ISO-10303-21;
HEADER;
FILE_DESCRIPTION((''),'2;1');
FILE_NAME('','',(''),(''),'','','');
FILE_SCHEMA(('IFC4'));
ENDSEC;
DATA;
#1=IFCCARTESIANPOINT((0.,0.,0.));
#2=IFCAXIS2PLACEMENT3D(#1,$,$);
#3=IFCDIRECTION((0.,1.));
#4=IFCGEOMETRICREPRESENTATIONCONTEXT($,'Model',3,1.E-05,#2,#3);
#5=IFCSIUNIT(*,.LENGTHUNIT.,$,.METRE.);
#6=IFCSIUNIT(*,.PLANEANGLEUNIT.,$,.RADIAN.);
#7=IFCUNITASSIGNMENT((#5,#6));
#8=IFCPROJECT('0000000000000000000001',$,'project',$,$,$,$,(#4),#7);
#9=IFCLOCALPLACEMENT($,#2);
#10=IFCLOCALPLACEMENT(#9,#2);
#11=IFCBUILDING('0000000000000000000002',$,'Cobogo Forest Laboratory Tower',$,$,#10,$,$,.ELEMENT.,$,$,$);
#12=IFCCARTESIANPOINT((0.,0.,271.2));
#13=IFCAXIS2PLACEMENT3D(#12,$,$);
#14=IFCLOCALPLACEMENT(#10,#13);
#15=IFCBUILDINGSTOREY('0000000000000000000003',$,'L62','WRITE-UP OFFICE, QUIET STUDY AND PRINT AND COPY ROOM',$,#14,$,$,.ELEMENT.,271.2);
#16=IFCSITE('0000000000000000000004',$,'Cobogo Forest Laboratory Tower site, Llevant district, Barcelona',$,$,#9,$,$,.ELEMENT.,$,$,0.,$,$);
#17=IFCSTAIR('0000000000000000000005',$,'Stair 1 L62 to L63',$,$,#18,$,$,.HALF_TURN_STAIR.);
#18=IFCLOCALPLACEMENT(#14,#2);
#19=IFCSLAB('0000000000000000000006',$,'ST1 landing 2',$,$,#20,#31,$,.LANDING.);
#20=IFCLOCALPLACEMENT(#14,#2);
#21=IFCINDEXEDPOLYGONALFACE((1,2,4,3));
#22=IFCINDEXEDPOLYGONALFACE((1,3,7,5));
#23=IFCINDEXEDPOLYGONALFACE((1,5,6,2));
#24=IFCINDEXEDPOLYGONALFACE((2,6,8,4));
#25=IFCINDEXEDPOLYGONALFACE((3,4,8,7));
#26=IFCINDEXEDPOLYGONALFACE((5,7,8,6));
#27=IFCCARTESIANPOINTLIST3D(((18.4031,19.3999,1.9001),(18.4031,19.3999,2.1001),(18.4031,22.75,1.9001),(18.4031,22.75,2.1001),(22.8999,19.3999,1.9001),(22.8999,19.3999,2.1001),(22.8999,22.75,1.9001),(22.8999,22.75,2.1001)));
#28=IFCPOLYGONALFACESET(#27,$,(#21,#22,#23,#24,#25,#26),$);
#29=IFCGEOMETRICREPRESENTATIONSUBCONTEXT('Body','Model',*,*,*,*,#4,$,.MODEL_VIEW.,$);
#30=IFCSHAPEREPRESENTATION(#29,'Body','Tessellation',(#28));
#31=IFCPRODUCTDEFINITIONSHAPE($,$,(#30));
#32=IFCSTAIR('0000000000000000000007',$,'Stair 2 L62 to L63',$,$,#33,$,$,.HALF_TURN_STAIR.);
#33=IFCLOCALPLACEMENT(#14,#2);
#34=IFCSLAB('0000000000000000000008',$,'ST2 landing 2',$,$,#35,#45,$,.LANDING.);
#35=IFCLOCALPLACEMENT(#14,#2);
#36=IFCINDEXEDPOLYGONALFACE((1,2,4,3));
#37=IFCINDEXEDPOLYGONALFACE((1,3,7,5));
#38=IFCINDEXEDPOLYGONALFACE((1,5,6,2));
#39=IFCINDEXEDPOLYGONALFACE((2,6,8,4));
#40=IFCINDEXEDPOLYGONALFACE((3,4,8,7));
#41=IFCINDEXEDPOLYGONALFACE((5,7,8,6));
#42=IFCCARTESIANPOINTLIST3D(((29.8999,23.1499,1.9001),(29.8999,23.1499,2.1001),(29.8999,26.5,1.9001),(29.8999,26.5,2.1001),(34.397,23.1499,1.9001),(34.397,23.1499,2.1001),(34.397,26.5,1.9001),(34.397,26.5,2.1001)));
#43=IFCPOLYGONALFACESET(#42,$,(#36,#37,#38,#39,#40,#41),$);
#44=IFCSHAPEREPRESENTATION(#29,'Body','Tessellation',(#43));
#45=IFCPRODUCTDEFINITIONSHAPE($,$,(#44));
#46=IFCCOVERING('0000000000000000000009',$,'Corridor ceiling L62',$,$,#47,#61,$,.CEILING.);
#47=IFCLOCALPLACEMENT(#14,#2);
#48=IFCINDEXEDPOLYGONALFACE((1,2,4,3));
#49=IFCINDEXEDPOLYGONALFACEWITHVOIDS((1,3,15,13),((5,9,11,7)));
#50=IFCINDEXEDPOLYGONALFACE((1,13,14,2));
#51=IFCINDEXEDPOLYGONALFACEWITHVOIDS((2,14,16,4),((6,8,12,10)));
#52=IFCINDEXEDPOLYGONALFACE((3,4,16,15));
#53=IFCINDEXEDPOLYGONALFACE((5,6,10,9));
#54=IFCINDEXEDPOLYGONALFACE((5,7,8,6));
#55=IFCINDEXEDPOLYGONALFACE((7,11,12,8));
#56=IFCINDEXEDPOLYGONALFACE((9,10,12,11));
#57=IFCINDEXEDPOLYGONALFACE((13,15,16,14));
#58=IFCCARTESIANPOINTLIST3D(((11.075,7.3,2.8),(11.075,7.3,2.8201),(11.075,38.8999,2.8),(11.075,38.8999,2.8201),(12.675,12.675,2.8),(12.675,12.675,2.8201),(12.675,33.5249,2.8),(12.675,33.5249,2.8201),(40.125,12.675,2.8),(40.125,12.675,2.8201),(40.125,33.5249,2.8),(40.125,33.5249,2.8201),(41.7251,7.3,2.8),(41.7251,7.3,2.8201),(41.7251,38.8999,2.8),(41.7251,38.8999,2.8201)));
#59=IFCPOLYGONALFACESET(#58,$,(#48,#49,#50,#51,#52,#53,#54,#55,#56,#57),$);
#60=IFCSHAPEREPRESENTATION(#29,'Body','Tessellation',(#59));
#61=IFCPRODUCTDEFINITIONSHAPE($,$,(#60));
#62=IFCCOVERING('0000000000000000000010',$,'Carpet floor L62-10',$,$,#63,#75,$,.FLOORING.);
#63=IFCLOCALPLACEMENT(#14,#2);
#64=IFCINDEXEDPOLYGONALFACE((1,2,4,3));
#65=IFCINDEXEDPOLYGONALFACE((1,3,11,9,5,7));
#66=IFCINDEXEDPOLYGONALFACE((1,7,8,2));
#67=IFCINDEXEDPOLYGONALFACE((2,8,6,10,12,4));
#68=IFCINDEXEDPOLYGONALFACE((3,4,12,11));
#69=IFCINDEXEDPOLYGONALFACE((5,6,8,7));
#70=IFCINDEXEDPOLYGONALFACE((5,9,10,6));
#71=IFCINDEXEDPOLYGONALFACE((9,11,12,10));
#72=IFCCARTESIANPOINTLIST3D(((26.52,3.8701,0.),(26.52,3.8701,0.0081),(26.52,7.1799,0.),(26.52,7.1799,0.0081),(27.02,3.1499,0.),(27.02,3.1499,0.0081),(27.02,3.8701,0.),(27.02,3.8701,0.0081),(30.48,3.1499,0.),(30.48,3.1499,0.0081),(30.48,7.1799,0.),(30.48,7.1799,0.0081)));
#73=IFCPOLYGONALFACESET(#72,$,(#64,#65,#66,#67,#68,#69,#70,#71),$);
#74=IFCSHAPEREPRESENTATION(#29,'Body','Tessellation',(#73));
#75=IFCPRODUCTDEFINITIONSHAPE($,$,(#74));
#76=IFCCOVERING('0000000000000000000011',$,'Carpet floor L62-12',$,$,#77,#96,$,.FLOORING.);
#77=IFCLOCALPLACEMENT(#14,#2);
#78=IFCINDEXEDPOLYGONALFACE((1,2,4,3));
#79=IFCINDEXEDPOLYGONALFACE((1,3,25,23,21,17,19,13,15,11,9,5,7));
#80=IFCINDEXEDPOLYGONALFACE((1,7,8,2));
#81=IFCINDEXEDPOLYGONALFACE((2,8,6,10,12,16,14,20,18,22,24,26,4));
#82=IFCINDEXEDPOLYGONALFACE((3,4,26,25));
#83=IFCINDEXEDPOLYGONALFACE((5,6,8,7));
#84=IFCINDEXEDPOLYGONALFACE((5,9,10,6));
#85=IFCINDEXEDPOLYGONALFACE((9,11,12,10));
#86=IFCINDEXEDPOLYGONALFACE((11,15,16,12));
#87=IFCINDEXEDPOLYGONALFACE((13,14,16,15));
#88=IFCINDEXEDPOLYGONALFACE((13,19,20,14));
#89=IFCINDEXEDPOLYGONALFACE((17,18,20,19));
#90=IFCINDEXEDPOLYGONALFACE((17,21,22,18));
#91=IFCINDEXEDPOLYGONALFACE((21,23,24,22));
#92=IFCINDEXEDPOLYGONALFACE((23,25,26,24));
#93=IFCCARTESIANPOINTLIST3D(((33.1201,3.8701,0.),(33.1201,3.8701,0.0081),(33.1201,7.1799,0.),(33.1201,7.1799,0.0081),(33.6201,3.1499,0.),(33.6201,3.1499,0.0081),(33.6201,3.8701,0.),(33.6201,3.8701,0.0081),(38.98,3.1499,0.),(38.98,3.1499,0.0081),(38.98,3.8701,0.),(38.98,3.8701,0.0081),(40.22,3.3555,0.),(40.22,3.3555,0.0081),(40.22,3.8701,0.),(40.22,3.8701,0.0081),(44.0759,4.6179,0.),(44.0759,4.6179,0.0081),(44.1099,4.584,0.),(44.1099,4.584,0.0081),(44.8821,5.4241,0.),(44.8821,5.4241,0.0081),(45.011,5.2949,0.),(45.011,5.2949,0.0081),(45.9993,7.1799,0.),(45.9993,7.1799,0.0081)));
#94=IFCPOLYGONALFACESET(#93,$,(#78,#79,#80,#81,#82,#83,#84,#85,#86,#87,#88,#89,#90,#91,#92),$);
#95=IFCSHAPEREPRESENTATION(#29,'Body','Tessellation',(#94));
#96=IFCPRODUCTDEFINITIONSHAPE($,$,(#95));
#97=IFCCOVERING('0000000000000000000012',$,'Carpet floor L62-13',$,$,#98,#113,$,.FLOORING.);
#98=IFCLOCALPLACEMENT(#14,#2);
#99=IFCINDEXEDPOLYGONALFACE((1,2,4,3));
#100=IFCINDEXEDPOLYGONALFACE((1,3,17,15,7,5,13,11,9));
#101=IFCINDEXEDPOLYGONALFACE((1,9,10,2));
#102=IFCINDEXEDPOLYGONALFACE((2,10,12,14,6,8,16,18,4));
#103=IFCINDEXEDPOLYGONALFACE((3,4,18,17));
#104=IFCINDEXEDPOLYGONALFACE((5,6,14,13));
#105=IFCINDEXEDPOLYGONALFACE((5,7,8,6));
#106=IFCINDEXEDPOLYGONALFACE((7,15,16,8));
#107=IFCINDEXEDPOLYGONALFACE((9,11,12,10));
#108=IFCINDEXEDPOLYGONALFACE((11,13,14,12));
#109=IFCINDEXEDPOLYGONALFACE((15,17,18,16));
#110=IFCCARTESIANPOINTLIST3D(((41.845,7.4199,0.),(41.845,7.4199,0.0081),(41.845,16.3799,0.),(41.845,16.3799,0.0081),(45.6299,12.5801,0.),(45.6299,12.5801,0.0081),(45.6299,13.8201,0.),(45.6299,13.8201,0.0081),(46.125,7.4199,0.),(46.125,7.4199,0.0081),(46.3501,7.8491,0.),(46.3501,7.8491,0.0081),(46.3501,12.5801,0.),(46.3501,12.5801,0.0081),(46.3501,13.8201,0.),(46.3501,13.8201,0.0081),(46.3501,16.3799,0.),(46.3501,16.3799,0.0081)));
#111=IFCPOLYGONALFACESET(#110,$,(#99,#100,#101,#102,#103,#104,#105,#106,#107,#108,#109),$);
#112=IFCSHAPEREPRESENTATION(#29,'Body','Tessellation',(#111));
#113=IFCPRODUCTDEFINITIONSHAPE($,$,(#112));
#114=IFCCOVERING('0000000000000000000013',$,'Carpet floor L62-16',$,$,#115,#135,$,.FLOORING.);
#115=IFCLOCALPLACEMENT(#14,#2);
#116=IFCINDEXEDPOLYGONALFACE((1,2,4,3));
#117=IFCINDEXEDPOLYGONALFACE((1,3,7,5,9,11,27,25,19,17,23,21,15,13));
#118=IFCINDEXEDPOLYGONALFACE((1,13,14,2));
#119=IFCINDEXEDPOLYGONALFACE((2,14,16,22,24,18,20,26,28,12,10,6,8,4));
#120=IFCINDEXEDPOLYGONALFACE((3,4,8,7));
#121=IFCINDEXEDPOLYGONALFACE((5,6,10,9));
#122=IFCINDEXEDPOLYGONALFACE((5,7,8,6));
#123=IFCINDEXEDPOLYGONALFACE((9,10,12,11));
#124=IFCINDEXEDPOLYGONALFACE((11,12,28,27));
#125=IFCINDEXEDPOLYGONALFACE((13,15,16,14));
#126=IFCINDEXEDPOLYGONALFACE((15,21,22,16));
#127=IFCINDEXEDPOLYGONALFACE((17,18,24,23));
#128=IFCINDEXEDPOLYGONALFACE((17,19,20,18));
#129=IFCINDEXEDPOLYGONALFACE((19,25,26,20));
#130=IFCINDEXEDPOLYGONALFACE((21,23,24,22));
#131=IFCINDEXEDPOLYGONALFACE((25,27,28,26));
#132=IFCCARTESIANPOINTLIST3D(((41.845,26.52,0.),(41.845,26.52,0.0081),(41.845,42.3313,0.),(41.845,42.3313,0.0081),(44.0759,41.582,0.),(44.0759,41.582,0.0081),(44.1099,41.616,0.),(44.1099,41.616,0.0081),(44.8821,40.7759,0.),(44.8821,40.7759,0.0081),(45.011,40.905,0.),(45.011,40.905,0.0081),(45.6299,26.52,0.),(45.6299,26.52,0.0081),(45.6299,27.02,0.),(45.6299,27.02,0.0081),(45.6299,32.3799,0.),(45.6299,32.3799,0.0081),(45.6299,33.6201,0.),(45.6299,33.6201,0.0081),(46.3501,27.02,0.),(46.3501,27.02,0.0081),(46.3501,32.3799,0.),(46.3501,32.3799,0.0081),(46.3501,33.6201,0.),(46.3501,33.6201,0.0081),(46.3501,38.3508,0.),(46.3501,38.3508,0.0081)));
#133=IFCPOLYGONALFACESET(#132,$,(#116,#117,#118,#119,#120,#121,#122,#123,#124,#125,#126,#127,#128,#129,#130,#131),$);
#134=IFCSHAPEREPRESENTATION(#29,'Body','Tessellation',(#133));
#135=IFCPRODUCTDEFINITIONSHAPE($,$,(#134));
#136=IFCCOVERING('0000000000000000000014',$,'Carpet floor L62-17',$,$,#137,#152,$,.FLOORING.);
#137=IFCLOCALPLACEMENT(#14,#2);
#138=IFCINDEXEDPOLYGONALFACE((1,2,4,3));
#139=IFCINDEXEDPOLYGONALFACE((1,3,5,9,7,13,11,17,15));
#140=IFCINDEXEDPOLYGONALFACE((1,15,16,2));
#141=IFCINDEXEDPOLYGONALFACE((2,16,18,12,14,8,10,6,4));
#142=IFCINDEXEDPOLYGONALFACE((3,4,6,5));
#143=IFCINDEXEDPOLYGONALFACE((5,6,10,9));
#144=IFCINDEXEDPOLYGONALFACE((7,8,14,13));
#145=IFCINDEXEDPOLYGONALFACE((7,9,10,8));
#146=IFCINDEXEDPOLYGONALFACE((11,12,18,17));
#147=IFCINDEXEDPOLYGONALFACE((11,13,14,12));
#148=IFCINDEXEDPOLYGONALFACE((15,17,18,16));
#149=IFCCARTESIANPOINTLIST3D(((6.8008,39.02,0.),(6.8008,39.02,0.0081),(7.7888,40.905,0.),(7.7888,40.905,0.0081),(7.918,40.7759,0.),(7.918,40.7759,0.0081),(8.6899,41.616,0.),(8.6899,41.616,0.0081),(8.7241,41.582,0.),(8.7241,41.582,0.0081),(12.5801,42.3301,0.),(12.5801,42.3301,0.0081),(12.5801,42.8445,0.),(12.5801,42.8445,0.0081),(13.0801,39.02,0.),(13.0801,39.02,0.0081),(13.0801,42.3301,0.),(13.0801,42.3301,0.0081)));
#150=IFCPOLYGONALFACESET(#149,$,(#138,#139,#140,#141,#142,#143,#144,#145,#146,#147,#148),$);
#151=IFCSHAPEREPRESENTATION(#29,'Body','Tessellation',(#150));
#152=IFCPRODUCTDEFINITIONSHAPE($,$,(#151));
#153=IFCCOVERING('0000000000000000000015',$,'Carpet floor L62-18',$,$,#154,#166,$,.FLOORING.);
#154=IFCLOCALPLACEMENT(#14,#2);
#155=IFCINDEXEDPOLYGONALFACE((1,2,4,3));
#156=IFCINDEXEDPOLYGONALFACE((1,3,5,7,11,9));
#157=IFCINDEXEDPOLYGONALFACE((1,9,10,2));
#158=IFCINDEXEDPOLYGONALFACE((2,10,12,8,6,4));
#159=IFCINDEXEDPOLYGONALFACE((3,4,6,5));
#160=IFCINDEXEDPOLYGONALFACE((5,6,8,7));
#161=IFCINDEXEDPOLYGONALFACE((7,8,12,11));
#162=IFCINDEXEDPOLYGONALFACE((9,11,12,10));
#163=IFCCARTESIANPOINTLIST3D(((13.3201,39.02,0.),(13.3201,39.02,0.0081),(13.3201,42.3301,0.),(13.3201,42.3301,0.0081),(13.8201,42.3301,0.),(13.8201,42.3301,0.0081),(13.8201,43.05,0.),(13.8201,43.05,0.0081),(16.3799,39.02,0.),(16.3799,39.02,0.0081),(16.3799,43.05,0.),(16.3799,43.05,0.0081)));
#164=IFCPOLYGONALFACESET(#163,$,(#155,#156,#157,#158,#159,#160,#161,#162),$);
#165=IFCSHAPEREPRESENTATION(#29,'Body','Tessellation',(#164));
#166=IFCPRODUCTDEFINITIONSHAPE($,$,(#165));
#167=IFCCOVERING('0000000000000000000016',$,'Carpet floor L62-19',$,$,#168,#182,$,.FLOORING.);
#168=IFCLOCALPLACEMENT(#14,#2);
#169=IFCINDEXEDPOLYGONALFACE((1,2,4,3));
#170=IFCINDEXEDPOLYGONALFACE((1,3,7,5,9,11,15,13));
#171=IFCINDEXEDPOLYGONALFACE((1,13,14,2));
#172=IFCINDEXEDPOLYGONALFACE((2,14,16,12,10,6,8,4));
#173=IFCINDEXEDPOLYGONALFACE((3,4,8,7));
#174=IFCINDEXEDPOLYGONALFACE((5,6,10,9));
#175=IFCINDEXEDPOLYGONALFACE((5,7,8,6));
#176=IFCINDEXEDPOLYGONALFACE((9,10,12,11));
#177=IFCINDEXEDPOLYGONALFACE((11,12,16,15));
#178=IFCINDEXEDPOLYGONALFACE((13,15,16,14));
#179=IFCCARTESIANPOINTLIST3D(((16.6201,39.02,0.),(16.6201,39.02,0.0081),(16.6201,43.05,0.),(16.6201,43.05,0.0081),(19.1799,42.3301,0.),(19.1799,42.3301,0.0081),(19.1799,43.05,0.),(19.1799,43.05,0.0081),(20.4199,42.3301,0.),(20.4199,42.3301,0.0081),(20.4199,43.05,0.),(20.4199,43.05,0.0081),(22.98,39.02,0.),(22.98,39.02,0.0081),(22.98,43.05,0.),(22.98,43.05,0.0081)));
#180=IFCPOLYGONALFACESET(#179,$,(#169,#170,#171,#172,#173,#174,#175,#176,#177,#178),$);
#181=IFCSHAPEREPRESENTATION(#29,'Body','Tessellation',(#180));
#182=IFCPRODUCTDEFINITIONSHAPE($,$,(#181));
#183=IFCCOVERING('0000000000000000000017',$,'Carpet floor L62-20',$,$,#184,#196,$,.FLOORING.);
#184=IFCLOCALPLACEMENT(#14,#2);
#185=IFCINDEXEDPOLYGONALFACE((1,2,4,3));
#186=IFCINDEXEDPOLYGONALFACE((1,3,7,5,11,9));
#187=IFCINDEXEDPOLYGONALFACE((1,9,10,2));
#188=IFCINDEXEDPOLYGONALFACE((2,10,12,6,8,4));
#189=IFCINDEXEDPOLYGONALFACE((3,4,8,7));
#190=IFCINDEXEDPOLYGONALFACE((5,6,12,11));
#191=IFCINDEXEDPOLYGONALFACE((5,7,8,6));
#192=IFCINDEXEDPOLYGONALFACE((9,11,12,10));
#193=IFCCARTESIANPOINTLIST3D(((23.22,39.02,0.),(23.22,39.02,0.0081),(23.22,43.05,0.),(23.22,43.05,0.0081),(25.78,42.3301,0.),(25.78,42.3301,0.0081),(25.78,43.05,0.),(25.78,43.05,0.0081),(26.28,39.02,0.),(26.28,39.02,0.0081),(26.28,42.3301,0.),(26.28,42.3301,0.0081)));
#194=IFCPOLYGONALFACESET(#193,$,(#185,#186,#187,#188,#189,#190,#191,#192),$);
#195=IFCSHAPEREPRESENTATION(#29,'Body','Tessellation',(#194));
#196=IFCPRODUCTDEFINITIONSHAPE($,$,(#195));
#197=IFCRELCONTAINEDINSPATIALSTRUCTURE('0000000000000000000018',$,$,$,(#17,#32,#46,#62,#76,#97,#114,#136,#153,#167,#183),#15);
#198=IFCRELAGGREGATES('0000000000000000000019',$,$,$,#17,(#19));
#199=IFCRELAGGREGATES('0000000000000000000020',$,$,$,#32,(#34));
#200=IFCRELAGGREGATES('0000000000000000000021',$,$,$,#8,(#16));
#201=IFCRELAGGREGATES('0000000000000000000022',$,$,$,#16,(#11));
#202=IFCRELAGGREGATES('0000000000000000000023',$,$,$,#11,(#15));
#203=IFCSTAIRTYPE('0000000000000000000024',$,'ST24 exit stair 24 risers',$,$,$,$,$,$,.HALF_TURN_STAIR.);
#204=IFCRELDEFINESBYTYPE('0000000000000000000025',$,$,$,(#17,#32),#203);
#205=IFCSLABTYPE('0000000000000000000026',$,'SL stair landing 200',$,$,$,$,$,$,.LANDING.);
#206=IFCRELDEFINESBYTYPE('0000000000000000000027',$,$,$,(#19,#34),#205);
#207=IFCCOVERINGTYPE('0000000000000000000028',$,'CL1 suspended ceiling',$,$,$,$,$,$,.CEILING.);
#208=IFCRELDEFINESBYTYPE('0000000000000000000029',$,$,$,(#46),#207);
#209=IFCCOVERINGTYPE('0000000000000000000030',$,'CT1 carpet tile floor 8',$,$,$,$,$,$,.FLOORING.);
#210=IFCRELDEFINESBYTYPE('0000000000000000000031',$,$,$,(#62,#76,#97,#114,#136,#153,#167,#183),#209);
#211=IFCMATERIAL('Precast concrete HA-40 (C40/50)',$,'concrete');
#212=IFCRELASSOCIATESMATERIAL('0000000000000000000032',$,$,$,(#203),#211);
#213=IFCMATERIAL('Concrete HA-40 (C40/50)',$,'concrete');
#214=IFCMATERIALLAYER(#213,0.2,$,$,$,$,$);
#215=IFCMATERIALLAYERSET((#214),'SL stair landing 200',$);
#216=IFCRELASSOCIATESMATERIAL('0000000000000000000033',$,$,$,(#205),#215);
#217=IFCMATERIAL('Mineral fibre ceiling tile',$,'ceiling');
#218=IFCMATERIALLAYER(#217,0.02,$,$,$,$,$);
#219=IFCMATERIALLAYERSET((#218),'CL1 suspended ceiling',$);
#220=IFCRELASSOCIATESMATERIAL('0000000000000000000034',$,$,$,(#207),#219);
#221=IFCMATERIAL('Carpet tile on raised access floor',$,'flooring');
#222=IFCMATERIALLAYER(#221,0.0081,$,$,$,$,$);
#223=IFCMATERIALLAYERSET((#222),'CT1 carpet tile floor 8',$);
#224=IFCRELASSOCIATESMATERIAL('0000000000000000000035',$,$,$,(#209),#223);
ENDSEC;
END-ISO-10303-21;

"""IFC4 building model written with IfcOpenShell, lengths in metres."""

from ifc_helpers import new_model, si_unit, direction, frame, origin, place, context, subcontext, project, spatial, polyline, outline, extrude, material, layer, layer_set, type_object, element, aggregate, save


model = new_model("IFC4")

# Units and contexts
model_context = context("Model", 3, precision=1e-05, world=origin(), true_north=direction((0.0, 1.0)))
body_context = subcontext(model_context, "Body", "Model", "MODEL_VIEW")
ifc_project = project(units=[si_unit("LENGTHUNIT", "METRE"), si_unit("PLANEANGLEUNIT", "RADIAN")], contexts=[model_context])

# Site, building, storey
site_placement = place(None, origin())
site = spatial("IfcSite", under=ifc_project, at=site_placement, Name="Cobogo Forest Laboratory Tower site, Llevant district, Barcelona", CompositionType="ELEMENT", RefElevation=0.0)
building_placement = place(site_placement, origin())
building = spatial("IfcBuilding", under=site, at=building_placement, Name="Cobogo Forest Laboratory Tower", CompositionType="ELEMENT")
storey_placement = place(building_placement, frame((0.0, 0.0, 271.2)))
storey = spatial("IfcBuildingStorey", under=building, at=storey_placement, Name="L62", Description="WRITE-UP OFFICE, QUIET STUDY AND PRINT AND COPY ROOM", CompositionType="ELEMENT", Elevation=271.2)

# Stairs, slabs
ifc_material_1 = material(Name="Precast concrete HA-40 (C40/50)", Category="concrete")
stair_type = type_object("IfcStairType", Name="ST24 exit stair 24 risers", PredefinedType="HALF_TURN_STAIR", material=ifc_material_1)
stair_1_placement = place(storey_placement, origin())
stair_1 = element("IfcStair", 1, at=stair_1_placement, inside=storey, type_object=stair_type, Name="Stair 1 L62 to L63", PredefinedType="HALF_TURN_STAIR")
ifc_material_2 = material(Name="Concrete HA-40 (C40/50)", Category="concrete")
ifc_layer_1 = layer(ifc_material_2, 0.2)
ifc_layer_set_1 = layer_set([ifc_layer_1], Name="SL stair landing 200")
slab_type = type_object("IfcSlabType", Name="SL stair landing 200", PredefinedType="LANDING", material=ifc_layer_set_1)
slab_1_placement = place(storey_placement, frame((0.0, 0.0, 1.9001)))
slab_1 = element("IfcSlab", 2, at=slab_1_placement, type_object=slab_type, Name="ST1 landing 2", PredefinedType="LANDING", context=body_context, shape_type="SweptSolid", body=[
    extrude(outline(polyline([(18.4031, 19.3999), (22.8999, 19.3999), (22.8999, 22.75), (18.4031, 22.75), (18.4031, 19.3999)])), origin(), (0.0, 0.0, 1.0), 0.2),
])
aggregate(stair_1, [slab_1])
stair_2_placement = place(storey_placement, origin())
stair_2 = element("IfcStair", 3, at=stair_2_placement, inside=storey, type_object=stair_type, Name="Stair 2 L62 to L63", PredefinedType="HALF_TURN_STAIR")
slab_2_placement = place(storey_placement, frame((0.0, 0.0, 1.9001)))
slab_2 = element("IfcSlab", 4, at=slab_2_placement, type_object=slab_type, Name="ST2 landing 2", PredefinedType="LANDING", context=body_context, shape_type="SweptSolid", body=[
    extrude(outline(polyline([(29.8999, 23.1499), (34.397, 23.1499), (34.397, 26.5), (29.8999, 26.5), (29.8999, 23.1499)])), origin(), (0.0, 0.0, 1.0), 0.2),
])
aggregate(stair_2, [slab_2])

# Coverings
ifc_material_3 = material(Name="Mineral fibre ceiling tile", Category="ceiling")
ifc_layer_2 = layer(ifc_material_3, 0.02)
ifc_layer_set_2 = layer_set([ifc_layer_2], Name="CL1 suspended ceiling")
covering_type_1 = type_object("IfcCoveringType", Name="CL1 suspended ceiling", PredefinedType="CEILING", material=ifc_layer_set_2)
covering_1_placement = place(storey_placement, frame((0.0, 0.0, 2.8)))
element("IfcCovering", 5, at=covering_1_placement, inside=storey, type_object=covering_type_1, Name="Corridor ceiling L62", PredefinedType="CEILING", context=body_context, shape_type="SweptSolid", body=[
    extrude(outline(polyline([(11.075, 7.3), (11.075, 38.8999), (41.7251, 38.8999), (41.7251, 7.3), (11.075, 7.3)]), holes=[polyline([(40.125, 33.5249), (12.675, 33.5249), (12.675, 12.675), (40.125, 12.675), (40.125, 33.5249)])]), origin(), (0.0, 0.0, 1.0), 0.02),
])
ifc_material_4 = material(Name="Carpet tile on raised access floor", Category="flooring")
ifc_layer_3 = layer(ifc_material_4, 0.0081)
ifc_layer_set_3 = layer_set([ifc_layer_3], Name="CT1 carpet tile floor 8")
covering_type_2 = type_object("IfcCoveringType", Name="CT1 carpet tile floor 8", PredefinedType="FLOORING", material=ifc_layer_set_3)
covering_2_placement = place(storey_placement, origin())
element("IfcCovering", 6, at=covering_2_placement, inside=storey, type_object=covering_type_2, Name="Carpet floor L62-10", PredefinedType="FLOORING", context=body_context, shape_type="SweptSolid", body=[
    extrude(outline(polyline([(30.48, 7.1799), (30.48, 3.1499), (27.02, 3.1499), (27.02, 3.8701), (26.52, 3.8701), (26.52, 7.1799), (30.48, 7.1799)])), origin(), (0.0, 0.0, 1.0), 0.0081),
])
covering_3_placement = place(storey_placement, origin())
element("IfcCovering", 7, at=covering_3_placement, inside=storey, type_object=covering_type_2, Name="Carpet floor L62-12", PredefinedType="FLOORING", context=body_context, shape_type="SweptSolid", body=[
    extrude(outline(polyline([(44.1099, 4.584), (40.22, 3.3555), (40.22, 3.8701), (38.98, 3.8701), (38.98, 3.1499), (33.6201, 3.1499), (33.6201, 3.8701), (33.1201, 3.8701), (33.1201, 7.1799), (45.9993, 7.1799), (45.011, 5.2949), (44.8821, 5.4241), (44.0759, 4.6179), (44.1099, 4.584)])), origin(), (0.0, 0.0, 1.0), 0.0081),
])
covering_4_placement = place(storey_placement, origin())
element("IfcCovering", 8, at=covering_4_placement, inside=storey, type_object=covering_type_2, Name="Carpet floor L62-13", PredefinedType="FLOORING", context=body_context, shape_type="SweptSolid", body=[
    extrude(outline(polyline([(41.845, 16.3799), (46.3501, 16.3799), (46.3501, 13.8201), (45.6299, 13.8201), (45.6299, 12.5801), (46.3501, 12.5801), (46.3501, 7.8491), (46.125, 7.4199), (41.845, 7.4199), (41.845, 16.3799)])), origin(), (0.0, 0.0, 1.0), 0.0081),
])
covering_5_placement = place(storey_placement, origin())
element("IfcCovering", 9, at=covering_5_placement, inside=storey, type_object=covering_type_2, Name="Carpet floor L62-16", PredefinedType="FLOORING", context=body_context, shape_type="SweptSolid", body=[
    extrude(outline(polyline([(41.845, 42.3313), (44.1099, 41.616), (44.0759, 41.582), (44.8821, 40.7759), (45.011, 40.905), (46.3501, 38.3508), (46.3501, 33.6201), (45.6299, 33.6201), (45.6299, 32.3799), (46.3501, 32.3799), (46.3501, 27.02), (45.6299, 27.02), (45.6299, 26.52), (41.845, 26.52), (41.845, 42.3313)])), origin(), (0.0, 0.0, 1.0), 0.0081),
])
covering_6_placement = place(storey_placement, origin())
element("IfcCovering", 10, at=covering_6_placement, inside=storey, type_object=covering_type_2, Name="Carpet floor L62-17", PredefinedType="FLOORING", context=body_context, shape_type="SweptSolid", body=[
    extrude(outline(polyline([(6.8008, 39.02), (7.7888, 40.905), (7.918, 40.7759), (8.7241, 41.582), (8.6899, 41.616), (12.5801, 42.8445), (12.5801, 42.3301), (13.0801, 42.3301), (13.0801, 39.02), (6.8008, 39.02)])), origin(), (0.0, 0.0, 1.0), 0.0081),
])
covering_7_placement = place(storey_placement, origin())
element("IfcCovering", 11, at=covering_7_placement, inside=storey, type_object=covering_type_2, Name="Carpet floor L62-18", PredefinedType="FLOORING", context=body_context, shape_type="SweptSolid", body=[
    extrude(outline(polyline([(13.3201, 39.02), (13.3201, 42.3301), (13.8201, 42.3301), (13.8201, 43.05), (16.3799, 43.05), (16.3799, 39.02), (13.3201, 39.02)])), origin(), (0.0, 0.0, 1.0), 0.0081),
])
covering_8_placement = place(storey_placement, origin())
element("IfcCovering", 12, at=covering_8_placement, inside=storey, type_object=covering_type_2, Name="Carpet floor L62-19", PredefinedType="FLOORING", context=body_context, shape_type="SweptSolid", body=[
    extrude(outline(polyline([(16.6201, 39.02), (16.6201, 43.05), (19.1799, 43.05), (19.1799, 42.3301), (20.4199, 42.3301), (20.4199, 43.05), (22.98, 43.05), (22.98, 39.02), (16.6201, 39.02)])), origin(), (0.0, 0.0, 1.0), 0.0081),
])
covering_9_placement = place(storey_placement, origin())
element("IfcCovering", 13, at=covering_9_placement, inside=storey, type_object=covering_type_2, Name="Carpet floor L62-20", PredefinedType="FLOORING", context=body_context, shape_type="SweptSolid", body=[
    extrude(outline(polyline([(23.22, 39.02), (23.22, 43.05), (25.78, 43.05), (25.78, 42.3301), (26.28, 42.3301), (26.28, 39.02), (23.22, 39.02)])), origin(), (0.0, 0.0, 1.0), 0.0081),
])

save(model, "model.ifc")
